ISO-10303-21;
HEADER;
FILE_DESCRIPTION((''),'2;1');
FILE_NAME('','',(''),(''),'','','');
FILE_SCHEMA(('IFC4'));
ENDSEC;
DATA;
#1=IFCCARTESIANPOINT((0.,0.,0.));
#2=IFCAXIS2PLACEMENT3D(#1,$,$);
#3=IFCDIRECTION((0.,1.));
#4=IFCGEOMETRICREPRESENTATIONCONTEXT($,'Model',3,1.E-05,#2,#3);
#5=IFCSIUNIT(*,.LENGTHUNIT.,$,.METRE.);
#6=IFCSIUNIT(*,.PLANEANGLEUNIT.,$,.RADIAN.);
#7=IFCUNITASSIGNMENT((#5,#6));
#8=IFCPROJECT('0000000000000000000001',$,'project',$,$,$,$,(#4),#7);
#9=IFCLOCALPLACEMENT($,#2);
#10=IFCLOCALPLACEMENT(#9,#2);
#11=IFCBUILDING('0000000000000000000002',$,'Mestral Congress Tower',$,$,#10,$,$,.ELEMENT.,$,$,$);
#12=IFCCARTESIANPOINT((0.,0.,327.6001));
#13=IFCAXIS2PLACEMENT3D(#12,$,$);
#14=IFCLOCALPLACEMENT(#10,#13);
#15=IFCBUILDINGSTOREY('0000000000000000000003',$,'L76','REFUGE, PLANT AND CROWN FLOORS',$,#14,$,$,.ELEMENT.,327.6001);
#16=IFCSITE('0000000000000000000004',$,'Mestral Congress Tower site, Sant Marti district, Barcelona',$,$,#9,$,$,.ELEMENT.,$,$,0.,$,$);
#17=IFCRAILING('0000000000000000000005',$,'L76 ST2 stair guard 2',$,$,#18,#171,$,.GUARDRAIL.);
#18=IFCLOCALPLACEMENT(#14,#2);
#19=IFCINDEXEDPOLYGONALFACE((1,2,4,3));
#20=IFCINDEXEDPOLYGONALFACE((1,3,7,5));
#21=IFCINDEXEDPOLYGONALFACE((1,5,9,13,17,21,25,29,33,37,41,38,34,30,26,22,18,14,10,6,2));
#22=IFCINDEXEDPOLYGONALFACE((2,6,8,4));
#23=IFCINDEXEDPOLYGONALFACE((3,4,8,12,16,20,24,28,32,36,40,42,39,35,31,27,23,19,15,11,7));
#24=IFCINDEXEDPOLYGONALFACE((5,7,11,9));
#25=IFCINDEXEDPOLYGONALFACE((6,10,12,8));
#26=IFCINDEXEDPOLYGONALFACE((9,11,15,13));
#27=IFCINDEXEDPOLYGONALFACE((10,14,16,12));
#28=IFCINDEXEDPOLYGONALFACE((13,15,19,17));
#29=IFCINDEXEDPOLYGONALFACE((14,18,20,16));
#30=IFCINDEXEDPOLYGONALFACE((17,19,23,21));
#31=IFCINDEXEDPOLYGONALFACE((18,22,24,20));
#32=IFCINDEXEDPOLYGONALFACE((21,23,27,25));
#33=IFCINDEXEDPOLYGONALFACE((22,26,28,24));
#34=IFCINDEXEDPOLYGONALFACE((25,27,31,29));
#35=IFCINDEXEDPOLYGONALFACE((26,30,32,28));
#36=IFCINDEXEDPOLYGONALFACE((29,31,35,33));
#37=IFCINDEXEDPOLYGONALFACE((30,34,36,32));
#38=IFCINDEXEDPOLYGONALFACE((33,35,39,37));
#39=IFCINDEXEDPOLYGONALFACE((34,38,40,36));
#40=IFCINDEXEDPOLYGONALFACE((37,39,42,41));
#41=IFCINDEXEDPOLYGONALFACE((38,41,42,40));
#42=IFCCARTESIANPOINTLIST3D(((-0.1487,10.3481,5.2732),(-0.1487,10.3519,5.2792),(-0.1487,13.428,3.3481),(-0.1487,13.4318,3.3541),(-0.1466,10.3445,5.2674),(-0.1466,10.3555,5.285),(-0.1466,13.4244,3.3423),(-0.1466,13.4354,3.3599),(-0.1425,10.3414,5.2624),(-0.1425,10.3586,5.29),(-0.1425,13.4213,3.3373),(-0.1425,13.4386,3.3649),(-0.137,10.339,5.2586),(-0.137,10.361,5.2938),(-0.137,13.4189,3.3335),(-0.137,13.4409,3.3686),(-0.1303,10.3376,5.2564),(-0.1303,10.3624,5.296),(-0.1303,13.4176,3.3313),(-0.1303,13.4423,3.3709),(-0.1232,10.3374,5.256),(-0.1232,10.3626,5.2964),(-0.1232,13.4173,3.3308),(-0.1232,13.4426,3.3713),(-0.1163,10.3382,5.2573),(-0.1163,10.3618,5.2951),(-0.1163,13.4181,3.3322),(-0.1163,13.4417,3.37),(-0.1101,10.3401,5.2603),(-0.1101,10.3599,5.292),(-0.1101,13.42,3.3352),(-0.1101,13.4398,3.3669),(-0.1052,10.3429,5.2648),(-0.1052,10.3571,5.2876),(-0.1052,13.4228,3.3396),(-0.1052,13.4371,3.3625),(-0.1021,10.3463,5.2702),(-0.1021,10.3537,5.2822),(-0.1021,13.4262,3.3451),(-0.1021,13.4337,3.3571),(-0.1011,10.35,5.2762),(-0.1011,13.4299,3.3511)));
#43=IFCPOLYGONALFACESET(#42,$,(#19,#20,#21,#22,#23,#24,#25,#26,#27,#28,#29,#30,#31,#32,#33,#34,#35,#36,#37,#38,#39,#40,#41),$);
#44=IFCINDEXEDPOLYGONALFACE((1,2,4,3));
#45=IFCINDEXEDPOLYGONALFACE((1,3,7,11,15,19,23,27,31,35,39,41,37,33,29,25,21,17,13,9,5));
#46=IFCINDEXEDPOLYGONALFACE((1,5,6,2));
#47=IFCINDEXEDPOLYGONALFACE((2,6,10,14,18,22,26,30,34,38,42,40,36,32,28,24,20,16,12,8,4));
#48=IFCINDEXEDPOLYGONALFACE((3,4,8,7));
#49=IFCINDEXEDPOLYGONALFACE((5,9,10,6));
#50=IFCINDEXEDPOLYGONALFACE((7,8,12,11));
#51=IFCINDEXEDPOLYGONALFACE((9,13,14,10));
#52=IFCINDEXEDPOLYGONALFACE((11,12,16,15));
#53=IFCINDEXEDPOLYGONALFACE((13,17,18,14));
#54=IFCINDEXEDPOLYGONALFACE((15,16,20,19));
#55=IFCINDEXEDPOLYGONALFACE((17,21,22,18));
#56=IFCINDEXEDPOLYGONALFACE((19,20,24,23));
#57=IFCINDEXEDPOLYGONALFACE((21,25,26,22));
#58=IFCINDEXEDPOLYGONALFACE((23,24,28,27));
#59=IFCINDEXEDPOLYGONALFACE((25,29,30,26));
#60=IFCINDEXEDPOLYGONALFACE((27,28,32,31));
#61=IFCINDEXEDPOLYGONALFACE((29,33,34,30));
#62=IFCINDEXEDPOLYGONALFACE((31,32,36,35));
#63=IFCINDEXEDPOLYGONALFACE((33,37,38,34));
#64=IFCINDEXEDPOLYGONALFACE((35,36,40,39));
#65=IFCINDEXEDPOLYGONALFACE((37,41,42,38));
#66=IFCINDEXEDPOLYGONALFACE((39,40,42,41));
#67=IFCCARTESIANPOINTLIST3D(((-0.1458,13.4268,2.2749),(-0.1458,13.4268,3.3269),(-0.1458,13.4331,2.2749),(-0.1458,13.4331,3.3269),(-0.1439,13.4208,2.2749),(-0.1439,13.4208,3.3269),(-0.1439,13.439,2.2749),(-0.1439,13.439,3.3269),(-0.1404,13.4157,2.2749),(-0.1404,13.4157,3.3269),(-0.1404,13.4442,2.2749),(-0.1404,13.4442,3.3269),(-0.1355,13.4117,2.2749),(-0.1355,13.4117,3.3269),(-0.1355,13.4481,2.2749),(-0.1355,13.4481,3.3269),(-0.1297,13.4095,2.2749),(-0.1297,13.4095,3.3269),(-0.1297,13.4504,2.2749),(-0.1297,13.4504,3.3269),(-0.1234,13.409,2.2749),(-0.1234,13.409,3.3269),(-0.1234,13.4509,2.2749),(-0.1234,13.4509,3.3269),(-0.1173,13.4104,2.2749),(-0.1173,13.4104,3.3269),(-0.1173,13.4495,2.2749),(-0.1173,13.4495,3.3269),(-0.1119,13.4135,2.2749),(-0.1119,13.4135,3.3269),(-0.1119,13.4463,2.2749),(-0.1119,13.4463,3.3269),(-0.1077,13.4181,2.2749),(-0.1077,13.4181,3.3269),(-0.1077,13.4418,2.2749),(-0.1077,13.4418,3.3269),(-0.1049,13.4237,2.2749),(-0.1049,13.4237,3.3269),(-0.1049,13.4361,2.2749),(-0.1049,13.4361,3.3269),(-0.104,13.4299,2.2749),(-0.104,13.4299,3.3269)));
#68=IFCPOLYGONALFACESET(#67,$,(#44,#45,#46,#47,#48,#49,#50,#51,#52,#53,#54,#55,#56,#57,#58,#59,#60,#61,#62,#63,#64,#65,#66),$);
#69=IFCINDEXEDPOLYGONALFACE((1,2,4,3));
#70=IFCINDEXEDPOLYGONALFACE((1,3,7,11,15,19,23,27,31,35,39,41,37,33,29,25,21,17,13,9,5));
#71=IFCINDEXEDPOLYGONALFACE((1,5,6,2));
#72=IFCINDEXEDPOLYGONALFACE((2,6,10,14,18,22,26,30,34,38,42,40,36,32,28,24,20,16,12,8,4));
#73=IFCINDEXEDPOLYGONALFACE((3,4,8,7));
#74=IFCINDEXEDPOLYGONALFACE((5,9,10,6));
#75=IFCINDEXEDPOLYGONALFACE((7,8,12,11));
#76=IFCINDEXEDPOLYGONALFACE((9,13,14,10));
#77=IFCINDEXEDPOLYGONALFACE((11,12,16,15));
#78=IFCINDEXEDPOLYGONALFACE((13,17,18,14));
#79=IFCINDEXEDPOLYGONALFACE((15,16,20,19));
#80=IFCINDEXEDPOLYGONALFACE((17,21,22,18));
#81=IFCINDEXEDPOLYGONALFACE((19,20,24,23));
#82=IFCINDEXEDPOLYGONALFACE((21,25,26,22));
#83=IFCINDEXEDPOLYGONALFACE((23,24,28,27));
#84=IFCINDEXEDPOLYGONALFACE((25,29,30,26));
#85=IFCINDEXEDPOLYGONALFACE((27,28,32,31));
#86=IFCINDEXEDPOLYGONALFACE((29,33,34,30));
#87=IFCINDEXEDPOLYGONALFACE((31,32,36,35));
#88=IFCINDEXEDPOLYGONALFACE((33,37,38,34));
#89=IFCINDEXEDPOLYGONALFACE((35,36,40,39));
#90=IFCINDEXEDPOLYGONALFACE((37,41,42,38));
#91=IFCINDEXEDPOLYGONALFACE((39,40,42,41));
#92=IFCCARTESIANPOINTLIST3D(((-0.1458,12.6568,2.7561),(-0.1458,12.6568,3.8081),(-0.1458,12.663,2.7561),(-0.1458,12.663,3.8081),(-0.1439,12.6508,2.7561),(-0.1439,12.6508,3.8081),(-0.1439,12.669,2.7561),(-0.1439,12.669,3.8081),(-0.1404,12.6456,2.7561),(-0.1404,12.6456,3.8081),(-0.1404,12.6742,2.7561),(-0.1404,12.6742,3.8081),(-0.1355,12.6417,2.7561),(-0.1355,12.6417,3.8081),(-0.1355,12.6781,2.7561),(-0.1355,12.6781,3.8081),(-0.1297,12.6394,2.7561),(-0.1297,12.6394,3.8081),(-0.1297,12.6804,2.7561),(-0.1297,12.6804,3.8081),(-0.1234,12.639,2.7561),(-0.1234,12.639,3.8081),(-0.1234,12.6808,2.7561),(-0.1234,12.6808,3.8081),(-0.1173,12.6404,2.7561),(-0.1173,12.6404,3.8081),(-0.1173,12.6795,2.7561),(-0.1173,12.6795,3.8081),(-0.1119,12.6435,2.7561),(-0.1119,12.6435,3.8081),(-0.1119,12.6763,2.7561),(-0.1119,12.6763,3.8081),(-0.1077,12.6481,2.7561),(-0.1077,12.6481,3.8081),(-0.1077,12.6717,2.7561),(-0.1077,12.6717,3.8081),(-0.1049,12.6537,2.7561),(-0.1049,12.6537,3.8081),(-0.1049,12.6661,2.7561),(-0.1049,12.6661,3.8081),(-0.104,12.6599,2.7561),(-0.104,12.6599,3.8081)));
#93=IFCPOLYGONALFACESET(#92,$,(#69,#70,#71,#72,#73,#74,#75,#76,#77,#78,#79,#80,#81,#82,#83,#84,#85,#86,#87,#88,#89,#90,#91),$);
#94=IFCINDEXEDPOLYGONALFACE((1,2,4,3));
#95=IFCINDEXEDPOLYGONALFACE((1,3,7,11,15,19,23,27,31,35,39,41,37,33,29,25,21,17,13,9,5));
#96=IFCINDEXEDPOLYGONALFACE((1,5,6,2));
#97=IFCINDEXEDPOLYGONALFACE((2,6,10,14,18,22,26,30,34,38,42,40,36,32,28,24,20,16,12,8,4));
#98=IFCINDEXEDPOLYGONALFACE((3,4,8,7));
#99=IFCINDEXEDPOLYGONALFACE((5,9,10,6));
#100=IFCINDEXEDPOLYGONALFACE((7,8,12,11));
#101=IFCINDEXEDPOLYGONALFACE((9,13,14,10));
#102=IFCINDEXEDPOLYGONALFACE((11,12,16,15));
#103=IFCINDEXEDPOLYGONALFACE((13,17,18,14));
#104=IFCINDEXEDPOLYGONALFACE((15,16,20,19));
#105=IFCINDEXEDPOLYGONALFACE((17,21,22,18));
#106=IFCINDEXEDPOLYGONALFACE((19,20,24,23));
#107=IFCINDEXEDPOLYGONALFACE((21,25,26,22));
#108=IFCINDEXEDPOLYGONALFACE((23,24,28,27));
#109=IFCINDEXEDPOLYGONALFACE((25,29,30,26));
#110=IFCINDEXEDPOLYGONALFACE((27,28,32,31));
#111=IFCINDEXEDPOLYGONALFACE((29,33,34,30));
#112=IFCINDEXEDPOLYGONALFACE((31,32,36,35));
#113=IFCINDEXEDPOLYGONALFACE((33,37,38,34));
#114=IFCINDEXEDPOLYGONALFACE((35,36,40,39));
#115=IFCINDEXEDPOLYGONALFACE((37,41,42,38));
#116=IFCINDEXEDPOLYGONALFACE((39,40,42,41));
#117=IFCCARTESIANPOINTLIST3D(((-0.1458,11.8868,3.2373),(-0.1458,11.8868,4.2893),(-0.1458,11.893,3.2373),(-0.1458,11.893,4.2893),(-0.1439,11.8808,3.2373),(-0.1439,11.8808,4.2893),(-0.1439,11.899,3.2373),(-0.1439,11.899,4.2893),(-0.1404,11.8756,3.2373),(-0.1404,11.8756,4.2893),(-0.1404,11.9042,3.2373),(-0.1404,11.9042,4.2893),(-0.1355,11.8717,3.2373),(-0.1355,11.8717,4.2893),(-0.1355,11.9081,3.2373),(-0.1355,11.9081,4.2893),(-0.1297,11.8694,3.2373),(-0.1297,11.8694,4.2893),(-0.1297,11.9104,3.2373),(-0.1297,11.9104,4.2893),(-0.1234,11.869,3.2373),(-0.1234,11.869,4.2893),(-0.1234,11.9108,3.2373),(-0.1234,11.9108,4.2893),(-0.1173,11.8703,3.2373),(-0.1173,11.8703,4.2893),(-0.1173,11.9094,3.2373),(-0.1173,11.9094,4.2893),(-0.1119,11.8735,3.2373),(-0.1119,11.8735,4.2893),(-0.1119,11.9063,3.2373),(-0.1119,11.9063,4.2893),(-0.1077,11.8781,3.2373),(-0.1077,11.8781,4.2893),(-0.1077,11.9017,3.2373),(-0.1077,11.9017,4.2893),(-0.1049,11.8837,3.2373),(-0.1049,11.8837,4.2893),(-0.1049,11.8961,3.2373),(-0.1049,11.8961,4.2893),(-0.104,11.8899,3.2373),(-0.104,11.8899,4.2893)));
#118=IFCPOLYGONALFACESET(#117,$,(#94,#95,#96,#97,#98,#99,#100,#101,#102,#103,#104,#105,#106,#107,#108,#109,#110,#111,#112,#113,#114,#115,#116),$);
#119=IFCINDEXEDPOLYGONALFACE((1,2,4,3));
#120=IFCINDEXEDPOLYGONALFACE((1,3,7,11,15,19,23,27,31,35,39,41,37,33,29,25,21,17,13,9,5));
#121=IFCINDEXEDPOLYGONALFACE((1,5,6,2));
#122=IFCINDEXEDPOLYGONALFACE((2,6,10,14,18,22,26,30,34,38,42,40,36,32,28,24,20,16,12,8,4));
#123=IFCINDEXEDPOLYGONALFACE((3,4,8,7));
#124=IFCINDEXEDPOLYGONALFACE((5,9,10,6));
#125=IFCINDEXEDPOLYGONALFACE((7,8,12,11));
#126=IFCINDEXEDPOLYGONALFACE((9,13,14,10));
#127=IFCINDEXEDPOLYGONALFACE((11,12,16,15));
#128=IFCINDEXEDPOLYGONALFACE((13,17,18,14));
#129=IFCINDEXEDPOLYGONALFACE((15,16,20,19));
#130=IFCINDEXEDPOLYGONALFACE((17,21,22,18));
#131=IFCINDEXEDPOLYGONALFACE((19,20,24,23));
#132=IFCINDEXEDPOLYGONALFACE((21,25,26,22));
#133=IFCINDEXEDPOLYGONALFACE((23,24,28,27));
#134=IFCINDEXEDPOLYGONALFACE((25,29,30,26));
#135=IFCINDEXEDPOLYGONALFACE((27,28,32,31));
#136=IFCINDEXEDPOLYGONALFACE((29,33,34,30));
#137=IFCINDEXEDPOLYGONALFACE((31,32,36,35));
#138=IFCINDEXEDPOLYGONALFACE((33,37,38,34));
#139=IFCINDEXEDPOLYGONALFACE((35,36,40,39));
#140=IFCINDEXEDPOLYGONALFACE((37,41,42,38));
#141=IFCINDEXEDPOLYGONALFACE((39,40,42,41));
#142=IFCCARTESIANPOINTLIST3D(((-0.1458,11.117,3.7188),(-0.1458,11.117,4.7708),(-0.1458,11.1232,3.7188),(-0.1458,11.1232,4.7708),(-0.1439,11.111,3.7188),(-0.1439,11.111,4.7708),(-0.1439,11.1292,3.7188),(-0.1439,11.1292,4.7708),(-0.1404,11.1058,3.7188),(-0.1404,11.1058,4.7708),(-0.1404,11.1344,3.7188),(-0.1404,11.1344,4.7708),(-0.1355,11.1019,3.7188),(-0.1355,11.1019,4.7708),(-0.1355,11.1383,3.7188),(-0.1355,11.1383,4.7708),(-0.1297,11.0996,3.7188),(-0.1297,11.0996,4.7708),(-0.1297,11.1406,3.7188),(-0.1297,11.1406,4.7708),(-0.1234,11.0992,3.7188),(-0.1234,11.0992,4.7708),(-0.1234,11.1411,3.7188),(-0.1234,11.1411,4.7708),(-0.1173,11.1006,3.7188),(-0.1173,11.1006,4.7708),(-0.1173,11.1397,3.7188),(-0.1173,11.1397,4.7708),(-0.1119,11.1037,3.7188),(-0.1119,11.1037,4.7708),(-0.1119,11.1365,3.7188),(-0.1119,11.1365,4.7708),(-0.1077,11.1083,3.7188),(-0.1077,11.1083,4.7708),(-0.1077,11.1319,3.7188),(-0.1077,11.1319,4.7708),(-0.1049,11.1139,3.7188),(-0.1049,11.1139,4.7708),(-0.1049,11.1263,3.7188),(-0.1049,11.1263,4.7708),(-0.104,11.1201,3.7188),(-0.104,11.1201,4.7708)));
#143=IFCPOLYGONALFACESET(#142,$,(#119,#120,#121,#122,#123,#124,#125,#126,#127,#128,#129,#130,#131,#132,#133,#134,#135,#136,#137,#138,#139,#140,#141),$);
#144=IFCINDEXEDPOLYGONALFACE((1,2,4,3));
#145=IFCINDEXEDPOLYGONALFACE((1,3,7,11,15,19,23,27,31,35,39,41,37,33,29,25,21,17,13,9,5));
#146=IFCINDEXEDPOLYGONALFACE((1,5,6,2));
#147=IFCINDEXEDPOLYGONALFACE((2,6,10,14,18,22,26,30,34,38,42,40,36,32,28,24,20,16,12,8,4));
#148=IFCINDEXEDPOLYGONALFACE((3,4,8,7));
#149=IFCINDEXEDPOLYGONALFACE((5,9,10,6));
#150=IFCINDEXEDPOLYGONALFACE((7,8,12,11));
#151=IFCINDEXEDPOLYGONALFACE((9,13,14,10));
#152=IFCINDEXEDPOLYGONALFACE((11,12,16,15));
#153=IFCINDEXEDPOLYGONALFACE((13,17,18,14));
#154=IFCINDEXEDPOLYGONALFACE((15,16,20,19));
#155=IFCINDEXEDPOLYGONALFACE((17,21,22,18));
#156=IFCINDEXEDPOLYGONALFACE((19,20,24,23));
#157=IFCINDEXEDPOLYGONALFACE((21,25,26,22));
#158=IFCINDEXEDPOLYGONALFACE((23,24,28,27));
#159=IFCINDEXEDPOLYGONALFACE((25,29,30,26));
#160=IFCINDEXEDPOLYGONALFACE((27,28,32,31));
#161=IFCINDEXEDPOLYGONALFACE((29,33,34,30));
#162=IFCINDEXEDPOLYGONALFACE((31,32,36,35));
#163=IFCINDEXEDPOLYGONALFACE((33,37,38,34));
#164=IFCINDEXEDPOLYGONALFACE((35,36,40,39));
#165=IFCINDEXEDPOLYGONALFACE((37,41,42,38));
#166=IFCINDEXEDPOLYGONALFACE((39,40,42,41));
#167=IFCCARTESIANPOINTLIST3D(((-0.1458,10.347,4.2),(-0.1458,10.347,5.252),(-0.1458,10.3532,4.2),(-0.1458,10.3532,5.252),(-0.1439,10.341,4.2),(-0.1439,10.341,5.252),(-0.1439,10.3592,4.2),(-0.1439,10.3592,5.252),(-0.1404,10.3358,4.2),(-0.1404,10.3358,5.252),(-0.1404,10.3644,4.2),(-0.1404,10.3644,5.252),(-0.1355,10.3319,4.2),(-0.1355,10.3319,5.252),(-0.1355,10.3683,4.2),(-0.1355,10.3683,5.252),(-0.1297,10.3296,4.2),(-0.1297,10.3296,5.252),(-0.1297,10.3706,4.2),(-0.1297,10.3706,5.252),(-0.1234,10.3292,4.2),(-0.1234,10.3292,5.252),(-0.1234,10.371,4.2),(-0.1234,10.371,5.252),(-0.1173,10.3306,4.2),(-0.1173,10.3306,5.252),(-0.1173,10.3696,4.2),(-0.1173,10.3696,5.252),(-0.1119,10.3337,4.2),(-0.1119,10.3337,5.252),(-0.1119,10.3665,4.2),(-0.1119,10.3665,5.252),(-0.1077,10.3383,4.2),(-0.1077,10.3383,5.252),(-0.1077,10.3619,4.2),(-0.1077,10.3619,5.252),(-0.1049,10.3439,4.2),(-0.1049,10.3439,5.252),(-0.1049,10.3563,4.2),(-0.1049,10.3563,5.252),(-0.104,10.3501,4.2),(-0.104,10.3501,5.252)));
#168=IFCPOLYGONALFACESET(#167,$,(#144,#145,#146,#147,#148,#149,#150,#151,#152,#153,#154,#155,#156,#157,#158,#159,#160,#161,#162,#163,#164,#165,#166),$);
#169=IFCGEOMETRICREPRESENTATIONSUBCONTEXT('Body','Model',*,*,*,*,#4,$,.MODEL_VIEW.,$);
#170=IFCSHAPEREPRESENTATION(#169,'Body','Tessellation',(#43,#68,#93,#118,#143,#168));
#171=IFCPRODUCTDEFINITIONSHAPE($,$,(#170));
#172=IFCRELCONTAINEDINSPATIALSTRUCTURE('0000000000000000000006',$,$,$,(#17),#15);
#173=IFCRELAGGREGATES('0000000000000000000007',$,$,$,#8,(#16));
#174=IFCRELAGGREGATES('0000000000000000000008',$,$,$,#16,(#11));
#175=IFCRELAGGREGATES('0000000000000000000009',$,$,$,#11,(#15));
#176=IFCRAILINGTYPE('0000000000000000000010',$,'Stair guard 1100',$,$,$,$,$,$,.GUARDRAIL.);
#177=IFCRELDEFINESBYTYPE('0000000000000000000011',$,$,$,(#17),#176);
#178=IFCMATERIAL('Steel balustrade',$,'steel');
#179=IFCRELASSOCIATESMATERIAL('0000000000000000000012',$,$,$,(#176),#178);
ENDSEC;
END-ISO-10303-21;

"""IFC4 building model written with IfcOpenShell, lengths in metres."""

from ifc_helpers import new_model, si_unit, direction, frame, origin, origin_2d, place, context, subcontext, project, spatial, circle, extrude, material, type_object, element, save


model = new_model("IFC4")

# Units and contexts
model_context = context("Model", 3, precision=1e-05, world=origin(), true_north=direction((0.0, 1.0)))
body_context = subcontext(model_context, "Body", "Model", "MODEL_VIEW")
ifc_project = project(units=[si_unit("LENGTHUNIT", "METRE"), si_unit("PLANEANGLEUNIT", "RADIAN")], contexts=[model_context])

# Site, building, storey
site_placement = place(None, origin())
site = spatial("IfcSite", under=ifc_project, at=site_placement, Name="Mestral Congress Tower site, Sant Marti district, Barcelona", CompositionType="ELEMENT", RefElevation=0.0)
building_placement = place(site_placement, origin())
building = spatial("IfcBuilding", under=site, at=building_placement, Name="Mestral Congress Tower", CompositionType="ELEMENT")
storey_placement = place(building_placement, frame((0.0, 0.0, 327.6001)))
storey = spatial("IfcBuildingStorey", under=building, at=storey_placement, Name="L76", Description="REFUGE, PLANT AND CROWN FLOORS", CompositionType="ELEMENT", Elevation=327.6001)

# Railing
ifc_material_1 = material(Name="Steel balustrade", Category="steel")
railing_type_1 = type_object("IfcRailingType", Name="Stair guard 1100", PredefinedType="GUARDRAIL", material=ifc_material_1)
railing_1_placement = place(storey_placement, frame((-0.125, 13.4299, 2.2749)))
element("IfcRailing", 1, at=railing_1_placement, inside=storey, type_object=railing_type_1, Name="L76 ST2 stair guard 2", PredefinedType="GUARDRAIL", context=body_context, shape_type="SweptSolid", body=[
    extrude(circle(Radius=0.0239, at=origin_2d()), frame((0.0, 0.0, 1.0762), z_axis=(0.0, -0.847979, 0.530029), x_axis=(1.0, 0.0, 0.0)), (0.0, 0.0, 1.0), 3.6321),
    extrude(circle(Radius=0.021, at=origin_2d()), origin(), (0.0, 0.0, 1.0), 1.052),
    extrude(circle(Radius=0.021, at=origin_2d()), frame((0.0, -0.77, 0.4812)), (0.0, 0.0, 1.0), 1.052),
    extrude(circle(Radius=0.021, at=origin_2d()), frame((0.0, -1.54, 0.9624)), (0.0, 0.0, 1.0), 1.052),
    extrude(circle(Radius=0.021, at=origin_2d()), frame((0.0, -2.3098, 1.4438)), (0.0, 0.0, 1.0), 1.052),
    extrude(circle(Radius=0.021, at=origin_2d()), frame((0.0, -3.0798, 1.925)), (0.0, 0.0, 1.0), 1.052),
])

save(model, "model.ifc")
